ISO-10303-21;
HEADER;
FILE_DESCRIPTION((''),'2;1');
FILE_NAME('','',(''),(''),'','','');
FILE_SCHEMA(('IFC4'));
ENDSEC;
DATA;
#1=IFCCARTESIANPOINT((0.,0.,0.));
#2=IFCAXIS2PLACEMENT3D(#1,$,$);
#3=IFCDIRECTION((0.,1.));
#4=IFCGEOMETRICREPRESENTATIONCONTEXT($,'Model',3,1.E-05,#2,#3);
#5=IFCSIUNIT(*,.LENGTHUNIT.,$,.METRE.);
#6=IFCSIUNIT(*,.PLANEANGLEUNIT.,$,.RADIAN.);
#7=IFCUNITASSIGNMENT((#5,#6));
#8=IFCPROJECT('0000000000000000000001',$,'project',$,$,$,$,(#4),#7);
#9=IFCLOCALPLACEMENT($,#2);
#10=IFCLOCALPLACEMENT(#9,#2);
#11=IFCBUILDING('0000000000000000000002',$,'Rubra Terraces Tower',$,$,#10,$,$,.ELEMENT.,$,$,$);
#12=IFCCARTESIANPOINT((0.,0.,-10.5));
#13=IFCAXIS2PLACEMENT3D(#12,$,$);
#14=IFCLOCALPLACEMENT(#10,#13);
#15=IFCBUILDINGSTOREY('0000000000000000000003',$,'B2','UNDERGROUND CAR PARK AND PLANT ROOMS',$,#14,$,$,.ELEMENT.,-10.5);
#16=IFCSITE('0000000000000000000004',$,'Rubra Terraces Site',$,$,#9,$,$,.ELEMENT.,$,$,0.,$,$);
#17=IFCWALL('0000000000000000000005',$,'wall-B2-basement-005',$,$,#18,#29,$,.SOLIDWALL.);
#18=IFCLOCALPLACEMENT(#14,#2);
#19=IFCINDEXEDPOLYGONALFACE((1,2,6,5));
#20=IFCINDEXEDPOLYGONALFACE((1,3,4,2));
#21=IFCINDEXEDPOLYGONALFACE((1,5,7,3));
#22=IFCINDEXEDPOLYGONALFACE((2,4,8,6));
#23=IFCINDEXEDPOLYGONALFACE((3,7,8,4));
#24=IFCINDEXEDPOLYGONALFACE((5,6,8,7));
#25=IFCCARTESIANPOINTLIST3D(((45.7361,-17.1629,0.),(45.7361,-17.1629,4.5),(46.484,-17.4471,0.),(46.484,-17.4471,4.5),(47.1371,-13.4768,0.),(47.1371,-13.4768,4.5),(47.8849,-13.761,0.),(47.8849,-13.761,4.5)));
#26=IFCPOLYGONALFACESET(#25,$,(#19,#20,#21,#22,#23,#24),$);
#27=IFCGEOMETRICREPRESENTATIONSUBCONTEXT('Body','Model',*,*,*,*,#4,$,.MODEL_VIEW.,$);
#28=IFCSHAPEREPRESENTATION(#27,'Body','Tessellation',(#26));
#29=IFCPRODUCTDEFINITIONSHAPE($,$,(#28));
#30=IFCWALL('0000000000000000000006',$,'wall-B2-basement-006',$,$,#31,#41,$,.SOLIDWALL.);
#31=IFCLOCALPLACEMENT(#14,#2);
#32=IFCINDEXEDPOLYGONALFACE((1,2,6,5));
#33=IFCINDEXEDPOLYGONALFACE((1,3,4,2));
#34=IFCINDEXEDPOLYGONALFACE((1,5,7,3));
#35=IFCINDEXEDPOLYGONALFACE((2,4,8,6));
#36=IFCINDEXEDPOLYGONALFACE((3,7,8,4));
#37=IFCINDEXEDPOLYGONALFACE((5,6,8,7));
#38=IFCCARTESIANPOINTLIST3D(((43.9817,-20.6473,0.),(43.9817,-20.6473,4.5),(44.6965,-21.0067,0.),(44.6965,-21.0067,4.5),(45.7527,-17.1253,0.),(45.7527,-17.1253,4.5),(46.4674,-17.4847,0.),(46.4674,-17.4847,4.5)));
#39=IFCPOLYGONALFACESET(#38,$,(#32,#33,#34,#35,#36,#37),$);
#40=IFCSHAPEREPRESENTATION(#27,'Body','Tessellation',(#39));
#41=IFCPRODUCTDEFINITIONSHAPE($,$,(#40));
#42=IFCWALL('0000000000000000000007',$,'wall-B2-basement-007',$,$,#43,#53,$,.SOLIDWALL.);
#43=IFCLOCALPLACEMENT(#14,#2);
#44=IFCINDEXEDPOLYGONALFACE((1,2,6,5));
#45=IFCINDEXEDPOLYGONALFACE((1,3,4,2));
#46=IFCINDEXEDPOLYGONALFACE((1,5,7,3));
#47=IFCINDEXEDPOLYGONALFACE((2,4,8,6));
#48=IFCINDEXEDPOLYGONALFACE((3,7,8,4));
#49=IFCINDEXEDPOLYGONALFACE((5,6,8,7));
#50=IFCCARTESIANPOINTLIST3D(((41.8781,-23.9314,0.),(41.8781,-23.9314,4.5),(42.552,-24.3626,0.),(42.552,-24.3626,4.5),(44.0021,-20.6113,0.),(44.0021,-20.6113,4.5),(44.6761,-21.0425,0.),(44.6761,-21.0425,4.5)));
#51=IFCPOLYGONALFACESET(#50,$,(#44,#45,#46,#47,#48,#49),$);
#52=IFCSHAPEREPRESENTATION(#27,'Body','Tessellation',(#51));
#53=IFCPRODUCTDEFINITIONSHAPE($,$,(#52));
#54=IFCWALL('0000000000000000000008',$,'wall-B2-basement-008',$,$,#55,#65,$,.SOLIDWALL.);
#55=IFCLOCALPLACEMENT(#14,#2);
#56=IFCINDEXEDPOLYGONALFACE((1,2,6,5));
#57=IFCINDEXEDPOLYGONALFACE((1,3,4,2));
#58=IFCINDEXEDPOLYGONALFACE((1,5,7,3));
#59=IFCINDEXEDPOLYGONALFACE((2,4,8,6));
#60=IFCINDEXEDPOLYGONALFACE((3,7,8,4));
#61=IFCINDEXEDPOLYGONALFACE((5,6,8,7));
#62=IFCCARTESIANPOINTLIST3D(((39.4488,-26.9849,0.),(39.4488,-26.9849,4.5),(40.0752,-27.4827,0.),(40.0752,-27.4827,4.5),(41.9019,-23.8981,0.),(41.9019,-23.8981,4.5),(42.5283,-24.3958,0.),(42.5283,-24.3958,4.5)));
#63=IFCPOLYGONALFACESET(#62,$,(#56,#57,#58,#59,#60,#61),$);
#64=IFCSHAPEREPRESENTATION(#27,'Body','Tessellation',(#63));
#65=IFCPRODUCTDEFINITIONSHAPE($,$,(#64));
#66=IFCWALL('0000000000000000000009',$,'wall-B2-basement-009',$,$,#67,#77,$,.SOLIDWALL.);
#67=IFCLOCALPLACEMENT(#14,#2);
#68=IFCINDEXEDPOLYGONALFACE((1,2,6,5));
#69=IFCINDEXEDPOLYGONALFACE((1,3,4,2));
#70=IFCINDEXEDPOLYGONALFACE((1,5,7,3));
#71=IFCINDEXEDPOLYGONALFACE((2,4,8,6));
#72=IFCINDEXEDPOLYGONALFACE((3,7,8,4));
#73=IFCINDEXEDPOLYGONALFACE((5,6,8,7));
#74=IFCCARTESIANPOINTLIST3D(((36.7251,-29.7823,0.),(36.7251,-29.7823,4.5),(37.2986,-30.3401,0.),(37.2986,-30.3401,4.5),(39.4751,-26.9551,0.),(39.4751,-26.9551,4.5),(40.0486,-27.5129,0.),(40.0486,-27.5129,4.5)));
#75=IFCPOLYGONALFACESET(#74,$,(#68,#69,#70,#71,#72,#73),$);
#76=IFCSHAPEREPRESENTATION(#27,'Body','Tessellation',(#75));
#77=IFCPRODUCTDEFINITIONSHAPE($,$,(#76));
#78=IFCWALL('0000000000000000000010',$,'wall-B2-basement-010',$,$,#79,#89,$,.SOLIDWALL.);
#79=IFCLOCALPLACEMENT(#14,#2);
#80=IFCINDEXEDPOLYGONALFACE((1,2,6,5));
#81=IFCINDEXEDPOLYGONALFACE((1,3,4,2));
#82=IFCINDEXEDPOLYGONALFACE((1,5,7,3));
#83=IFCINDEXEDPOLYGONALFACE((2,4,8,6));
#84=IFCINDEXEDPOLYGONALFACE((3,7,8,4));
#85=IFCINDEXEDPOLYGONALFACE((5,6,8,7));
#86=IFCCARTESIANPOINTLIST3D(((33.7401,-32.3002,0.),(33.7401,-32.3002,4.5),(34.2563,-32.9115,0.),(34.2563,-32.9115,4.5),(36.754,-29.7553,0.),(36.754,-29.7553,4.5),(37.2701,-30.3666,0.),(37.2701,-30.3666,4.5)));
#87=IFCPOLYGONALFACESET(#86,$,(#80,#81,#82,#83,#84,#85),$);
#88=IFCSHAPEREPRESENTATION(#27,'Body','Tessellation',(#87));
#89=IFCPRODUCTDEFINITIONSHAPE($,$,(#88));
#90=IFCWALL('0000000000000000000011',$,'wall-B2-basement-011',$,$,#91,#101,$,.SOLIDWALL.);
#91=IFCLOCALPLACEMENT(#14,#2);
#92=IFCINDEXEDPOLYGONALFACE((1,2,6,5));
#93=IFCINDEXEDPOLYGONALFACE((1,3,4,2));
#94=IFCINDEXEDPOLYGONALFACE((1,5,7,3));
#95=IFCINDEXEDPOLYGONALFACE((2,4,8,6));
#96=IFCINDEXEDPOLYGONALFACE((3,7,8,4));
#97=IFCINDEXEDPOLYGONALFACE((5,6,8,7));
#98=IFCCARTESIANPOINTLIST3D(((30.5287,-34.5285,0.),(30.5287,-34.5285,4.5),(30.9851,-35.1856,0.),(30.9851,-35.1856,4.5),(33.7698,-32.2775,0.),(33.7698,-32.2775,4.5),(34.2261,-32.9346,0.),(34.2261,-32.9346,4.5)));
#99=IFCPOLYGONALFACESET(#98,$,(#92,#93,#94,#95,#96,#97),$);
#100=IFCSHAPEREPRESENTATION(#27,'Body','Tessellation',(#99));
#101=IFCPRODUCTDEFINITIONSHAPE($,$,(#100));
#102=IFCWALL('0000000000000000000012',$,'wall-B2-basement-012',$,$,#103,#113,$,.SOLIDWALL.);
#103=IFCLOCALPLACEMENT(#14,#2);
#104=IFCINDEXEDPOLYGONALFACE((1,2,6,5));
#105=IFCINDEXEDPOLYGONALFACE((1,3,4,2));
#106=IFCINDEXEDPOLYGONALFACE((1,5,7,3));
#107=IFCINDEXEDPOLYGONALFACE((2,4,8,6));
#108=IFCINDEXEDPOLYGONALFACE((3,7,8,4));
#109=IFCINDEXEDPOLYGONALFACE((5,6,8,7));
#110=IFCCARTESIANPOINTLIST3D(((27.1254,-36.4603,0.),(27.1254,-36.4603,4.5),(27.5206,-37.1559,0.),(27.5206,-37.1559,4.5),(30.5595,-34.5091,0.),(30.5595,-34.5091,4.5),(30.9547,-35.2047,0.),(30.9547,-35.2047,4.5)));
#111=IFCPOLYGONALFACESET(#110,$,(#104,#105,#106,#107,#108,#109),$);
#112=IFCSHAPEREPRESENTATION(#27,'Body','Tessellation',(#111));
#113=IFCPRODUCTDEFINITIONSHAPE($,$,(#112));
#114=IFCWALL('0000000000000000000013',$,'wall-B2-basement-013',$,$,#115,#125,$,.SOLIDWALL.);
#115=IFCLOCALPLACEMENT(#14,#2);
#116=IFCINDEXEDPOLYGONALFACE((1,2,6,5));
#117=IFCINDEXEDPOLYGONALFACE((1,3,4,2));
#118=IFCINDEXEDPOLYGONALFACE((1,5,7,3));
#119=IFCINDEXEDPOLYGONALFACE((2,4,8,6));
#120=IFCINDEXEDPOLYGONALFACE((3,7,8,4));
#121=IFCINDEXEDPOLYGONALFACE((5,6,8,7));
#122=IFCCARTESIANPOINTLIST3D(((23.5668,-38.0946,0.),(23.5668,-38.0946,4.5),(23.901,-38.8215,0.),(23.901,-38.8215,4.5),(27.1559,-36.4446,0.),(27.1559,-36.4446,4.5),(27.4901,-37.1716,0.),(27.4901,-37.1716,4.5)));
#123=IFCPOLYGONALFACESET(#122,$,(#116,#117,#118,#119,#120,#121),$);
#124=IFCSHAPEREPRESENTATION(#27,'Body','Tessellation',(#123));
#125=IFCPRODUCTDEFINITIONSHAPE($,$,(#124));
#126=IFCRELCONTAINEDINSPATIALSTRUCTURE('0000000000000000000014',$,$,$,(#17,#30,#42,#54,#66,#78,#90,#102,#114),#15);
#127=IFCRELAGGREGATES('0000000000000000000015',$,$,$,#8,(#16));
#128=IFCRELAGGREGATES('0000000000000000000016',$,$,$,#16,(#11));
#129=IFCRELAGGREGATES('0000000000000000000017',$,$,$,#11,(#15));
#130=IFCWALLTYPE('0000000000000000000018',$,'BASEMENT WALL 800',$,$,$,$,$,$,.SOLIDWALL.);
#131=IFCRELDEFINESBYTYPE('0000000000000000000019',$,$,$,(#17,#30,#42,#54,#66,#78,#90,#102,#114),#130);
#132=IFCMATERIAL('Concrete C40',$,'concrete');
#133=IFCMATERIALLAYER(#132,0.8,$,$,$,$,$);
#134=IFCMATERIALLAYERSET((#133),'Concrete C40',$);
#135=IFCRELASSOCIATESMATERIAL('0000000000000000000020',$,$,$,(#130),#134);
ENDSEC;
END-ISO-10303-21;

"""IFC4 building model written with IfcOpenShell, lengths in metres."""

from ifc_helpers import new_model, si_unit, direction, frame, frame_2d, origin, place, context, subcontext, project, spatial, rectangle, extrude, material, layer, layer_set, type_object, element, save


model = new_model("IFC4")

# Units and contexts
model_context = context("Model", 3, precision=1e-05, world=origin(), true_north=direction((0.0, 1.0)))
body_context = subcontext(model_context, "Body", "Model", "MODEL_VIEW")
ifc_project = project(units=[si_unit("LENGTHUNIT", "METRE"), si_unit("PLANEANGLEUNIT", "RADIAN")], contexts=[model_context])

# Site, building, storey
site_placement = place(None, origin())
site = spatial("IfcSite", under=ifc_project, at=site_placement, Name="Rubra Terraces Site", CompositionType="ELEMENT", RefElevation=0.0)
building_placement = place(site_placement, origin())
building = spatial("IfcBuilding", under=site, at=building_placement, Name="Rubra Terraces Tower", CompositionType="ELEMENT")
storey_placement = place(building_placement, frame((0.0, 0.0, -10.5)))
storey = spatial("IfcBuildingStorey", under=building, at=storey_placement, Name="B2", Description="UNDERGROUND CAR PARK AND PLANT ROOMS", CompositionType="ELEMENT", Elevation=-10.5)

# Walls
ifc_material_1 = material(Name="Concrete C40", Category="concrete")
ifc_layer = layer(ifc_material_1, 0.8)
ifc_layer_set = layer_set([ifc_layer], Name="Concrete C40")
wall_type = type_object("IfcWallType", Name="BASEMENT WALL 800", PredefinedType="SOLIDWALL", material=ifc_layer_set)
wall_1_placement = place(storey_placement, frame((47.511, -13.6189, 0.0), z_axis=(0.0, 0.0, 1.0), x_axis=(-0.355259, -0.934768, 0.0)))
element("IfcWall", 1, at=wall_1_placement, inside=storey, type_object=wall_type, Name="wall-B2-basement-005", PredefinedType="SOLIDWALL", context=body_context, shape_type="SweptSolid", body=[
    extrude(rectangle(XDim=3.9434, YDim=0.8, at=frame_2d((1.9717, 0.0))), origin(), (0.0, 0.0, 1.0), 4.5),
])
wall_2_placement = place(storey_placement, frame((46.1101, -17.3049, 0.0), z_axis=(0.0, 0.0, 1.0), x_axis=(-0.449244, -0.893409, 0.0)))
element("IfcWall", 2, at=wall_2_placement, inside=storey, type_object=wall_type, Name="wall-B2-basement-006", PredefinedType="SOLIDWALL", context=body_context, shape_type="SweptSolid", body=[
    extrude(rectangle(XDim=3.9421, YDim=0.8, at=frame_2d((1.9712, 0.0))), origin(), (0.0, 0.0, 1.0), 4.5),
])
wall_3_placement = place(storey_placement, frame((44.3391, -20.8269, 0.0), z_axis=(0.0, 0.0, 1.0), x_axis=(-0.538906, -0.842366, 0.0)))
element("IfcWall", 3, at=wall_3_placement, inside=storey, type_object=wall_type, Name="wall-B2-basement-007", PredefinedType="SOLIDWALL", context=body_context, shape_type="SweptSolid", body=[
    extrude(rectangle(XDim=3.9414, YDim=0.8, at=frame_2d((1.9707, 0.0))), origin(), (0.0, 0.0, 1.0), 4.5),
])
wall_4_placement = place(storey_placement, frame((42.2151, -24.147, 0.0), z_axis=(0.0, 0.0, 1.0), x_axis=(-0.622155, -0.782894, 0.0)))
element("IfcWall", 4, at=wall_4_placement, inside=storey, type_object=wall_type, Name="wall-B2-basement-008", PredefinedType="SOLIDWALL", context=body_context, shape_type="SweptSolid", body=[
    extrude(rectangle(XDim=3.9429, YDim=0.8, at=frame_2d((1.9714, 0.0))), origin(), (0.0, 0.0, 1.0), 4.5),
])
wall_5_placement = place(storey_placement, frame((39.762, -27.2339, 0.0), z_axis=(0.0, 0.0, 1.0), x_axis=(-0.697259, -0.71682, 0.0)))
element("IfcWall", 5, at=wall_5_placement, inside=storey, type_object=wall_type, Name="wall-B2-basement-009", PredefinedType="SOLIDWALL", context=body_context, shape_type="SweptSolid", body=[
    extrude(rectangle(XDim=3.9441, YDim=0.8, at=frame_2d((1.9722, 0.0))), origin(), (0.0, 0.0, 1.0), 4.5),
])
wall_6_placement = place(storey_placement, frame((37.012, -30.061, 0.0), z_axis=(0.0, 0.0, 1.0), x_axis=(-0.76405, -0.645157, 0.0)))
element("IfcWall", 6, at=wall_6_placement, inside=storey, type_object=wall_type, Name="wall-B2-basement-010", PredefinedType="SOLIDWALL", context=body_context, shape_type="SweptSolid", body=[
    extrude(rectangle(XDim=3.9446, YDim=0.8, at=frame_2d((1.9722, 0.0))), origin(), (0.0, 0.0, 1.0), 4.5),
])
wall_7_placement = place(storey_placement, frame((33.998, -32.606, 0.0), z_axis=(0.0, 0.0, 1.0), x_axis=(-0.821334, -0.570448, 0.0)))
element("IfcWall", 7, at=wall_7_placement, inside=storey, type_object=wall_type, Name="wall-B2-basement-011", PredefinedType="SOLIDWALL", context=body_context, shape_type="SweptSolid", body=[
    extrude(rectangle(XDim=3.946, YDim=0.8, at=frame_2d((1.9731, 0.0))), origin(), (0.0, 0.0, 1.0), 4.5),
])
wall_8_placement = place(storey_placement, frame((30.7571, -34.8569, 0.0), z_axis=(0.0, 0.0, 1.0), x_axis=(-0.869458, -0.494007, 0.0)))
element("IfcWall", 8, at=wall_8_placement, inside=storey, type_object=wall_type, Name="wall-B2-basement-012", PredefinedType="SOLIDWALL", context=body_context, shape_type="SweptSolid", body=[
    extrude(rectangle(XDim=3.9497, YDim=0.8, at=frame_2d((1.9749, 0.0))), origin(), (0.0, 0.0, 1.0), 4.5),
])
wall_9_placement = place(storey_placement, frame((27.323, -36.8081, 0.0), z_axis=(0.0, 0.0, 1.0), x_axis=(-0.908595, -0.417678, 0.0)))
element("IfcWall", 9, at=wall_9_placement, inside=storey, type_object=wall_type, Name="wall-B2-basement-013", PredefinedType="SOLIDWALL", context=body_context, shape_type="SweptSolid", body=[
    extrude(rectangle(XDim=3.9502, YDim=0.8, at=frame_2d((1.9751, 0.0))), origin(), (0.0, 0.0, 1.0), 4.5),
])

save(model, "model.ifc")
